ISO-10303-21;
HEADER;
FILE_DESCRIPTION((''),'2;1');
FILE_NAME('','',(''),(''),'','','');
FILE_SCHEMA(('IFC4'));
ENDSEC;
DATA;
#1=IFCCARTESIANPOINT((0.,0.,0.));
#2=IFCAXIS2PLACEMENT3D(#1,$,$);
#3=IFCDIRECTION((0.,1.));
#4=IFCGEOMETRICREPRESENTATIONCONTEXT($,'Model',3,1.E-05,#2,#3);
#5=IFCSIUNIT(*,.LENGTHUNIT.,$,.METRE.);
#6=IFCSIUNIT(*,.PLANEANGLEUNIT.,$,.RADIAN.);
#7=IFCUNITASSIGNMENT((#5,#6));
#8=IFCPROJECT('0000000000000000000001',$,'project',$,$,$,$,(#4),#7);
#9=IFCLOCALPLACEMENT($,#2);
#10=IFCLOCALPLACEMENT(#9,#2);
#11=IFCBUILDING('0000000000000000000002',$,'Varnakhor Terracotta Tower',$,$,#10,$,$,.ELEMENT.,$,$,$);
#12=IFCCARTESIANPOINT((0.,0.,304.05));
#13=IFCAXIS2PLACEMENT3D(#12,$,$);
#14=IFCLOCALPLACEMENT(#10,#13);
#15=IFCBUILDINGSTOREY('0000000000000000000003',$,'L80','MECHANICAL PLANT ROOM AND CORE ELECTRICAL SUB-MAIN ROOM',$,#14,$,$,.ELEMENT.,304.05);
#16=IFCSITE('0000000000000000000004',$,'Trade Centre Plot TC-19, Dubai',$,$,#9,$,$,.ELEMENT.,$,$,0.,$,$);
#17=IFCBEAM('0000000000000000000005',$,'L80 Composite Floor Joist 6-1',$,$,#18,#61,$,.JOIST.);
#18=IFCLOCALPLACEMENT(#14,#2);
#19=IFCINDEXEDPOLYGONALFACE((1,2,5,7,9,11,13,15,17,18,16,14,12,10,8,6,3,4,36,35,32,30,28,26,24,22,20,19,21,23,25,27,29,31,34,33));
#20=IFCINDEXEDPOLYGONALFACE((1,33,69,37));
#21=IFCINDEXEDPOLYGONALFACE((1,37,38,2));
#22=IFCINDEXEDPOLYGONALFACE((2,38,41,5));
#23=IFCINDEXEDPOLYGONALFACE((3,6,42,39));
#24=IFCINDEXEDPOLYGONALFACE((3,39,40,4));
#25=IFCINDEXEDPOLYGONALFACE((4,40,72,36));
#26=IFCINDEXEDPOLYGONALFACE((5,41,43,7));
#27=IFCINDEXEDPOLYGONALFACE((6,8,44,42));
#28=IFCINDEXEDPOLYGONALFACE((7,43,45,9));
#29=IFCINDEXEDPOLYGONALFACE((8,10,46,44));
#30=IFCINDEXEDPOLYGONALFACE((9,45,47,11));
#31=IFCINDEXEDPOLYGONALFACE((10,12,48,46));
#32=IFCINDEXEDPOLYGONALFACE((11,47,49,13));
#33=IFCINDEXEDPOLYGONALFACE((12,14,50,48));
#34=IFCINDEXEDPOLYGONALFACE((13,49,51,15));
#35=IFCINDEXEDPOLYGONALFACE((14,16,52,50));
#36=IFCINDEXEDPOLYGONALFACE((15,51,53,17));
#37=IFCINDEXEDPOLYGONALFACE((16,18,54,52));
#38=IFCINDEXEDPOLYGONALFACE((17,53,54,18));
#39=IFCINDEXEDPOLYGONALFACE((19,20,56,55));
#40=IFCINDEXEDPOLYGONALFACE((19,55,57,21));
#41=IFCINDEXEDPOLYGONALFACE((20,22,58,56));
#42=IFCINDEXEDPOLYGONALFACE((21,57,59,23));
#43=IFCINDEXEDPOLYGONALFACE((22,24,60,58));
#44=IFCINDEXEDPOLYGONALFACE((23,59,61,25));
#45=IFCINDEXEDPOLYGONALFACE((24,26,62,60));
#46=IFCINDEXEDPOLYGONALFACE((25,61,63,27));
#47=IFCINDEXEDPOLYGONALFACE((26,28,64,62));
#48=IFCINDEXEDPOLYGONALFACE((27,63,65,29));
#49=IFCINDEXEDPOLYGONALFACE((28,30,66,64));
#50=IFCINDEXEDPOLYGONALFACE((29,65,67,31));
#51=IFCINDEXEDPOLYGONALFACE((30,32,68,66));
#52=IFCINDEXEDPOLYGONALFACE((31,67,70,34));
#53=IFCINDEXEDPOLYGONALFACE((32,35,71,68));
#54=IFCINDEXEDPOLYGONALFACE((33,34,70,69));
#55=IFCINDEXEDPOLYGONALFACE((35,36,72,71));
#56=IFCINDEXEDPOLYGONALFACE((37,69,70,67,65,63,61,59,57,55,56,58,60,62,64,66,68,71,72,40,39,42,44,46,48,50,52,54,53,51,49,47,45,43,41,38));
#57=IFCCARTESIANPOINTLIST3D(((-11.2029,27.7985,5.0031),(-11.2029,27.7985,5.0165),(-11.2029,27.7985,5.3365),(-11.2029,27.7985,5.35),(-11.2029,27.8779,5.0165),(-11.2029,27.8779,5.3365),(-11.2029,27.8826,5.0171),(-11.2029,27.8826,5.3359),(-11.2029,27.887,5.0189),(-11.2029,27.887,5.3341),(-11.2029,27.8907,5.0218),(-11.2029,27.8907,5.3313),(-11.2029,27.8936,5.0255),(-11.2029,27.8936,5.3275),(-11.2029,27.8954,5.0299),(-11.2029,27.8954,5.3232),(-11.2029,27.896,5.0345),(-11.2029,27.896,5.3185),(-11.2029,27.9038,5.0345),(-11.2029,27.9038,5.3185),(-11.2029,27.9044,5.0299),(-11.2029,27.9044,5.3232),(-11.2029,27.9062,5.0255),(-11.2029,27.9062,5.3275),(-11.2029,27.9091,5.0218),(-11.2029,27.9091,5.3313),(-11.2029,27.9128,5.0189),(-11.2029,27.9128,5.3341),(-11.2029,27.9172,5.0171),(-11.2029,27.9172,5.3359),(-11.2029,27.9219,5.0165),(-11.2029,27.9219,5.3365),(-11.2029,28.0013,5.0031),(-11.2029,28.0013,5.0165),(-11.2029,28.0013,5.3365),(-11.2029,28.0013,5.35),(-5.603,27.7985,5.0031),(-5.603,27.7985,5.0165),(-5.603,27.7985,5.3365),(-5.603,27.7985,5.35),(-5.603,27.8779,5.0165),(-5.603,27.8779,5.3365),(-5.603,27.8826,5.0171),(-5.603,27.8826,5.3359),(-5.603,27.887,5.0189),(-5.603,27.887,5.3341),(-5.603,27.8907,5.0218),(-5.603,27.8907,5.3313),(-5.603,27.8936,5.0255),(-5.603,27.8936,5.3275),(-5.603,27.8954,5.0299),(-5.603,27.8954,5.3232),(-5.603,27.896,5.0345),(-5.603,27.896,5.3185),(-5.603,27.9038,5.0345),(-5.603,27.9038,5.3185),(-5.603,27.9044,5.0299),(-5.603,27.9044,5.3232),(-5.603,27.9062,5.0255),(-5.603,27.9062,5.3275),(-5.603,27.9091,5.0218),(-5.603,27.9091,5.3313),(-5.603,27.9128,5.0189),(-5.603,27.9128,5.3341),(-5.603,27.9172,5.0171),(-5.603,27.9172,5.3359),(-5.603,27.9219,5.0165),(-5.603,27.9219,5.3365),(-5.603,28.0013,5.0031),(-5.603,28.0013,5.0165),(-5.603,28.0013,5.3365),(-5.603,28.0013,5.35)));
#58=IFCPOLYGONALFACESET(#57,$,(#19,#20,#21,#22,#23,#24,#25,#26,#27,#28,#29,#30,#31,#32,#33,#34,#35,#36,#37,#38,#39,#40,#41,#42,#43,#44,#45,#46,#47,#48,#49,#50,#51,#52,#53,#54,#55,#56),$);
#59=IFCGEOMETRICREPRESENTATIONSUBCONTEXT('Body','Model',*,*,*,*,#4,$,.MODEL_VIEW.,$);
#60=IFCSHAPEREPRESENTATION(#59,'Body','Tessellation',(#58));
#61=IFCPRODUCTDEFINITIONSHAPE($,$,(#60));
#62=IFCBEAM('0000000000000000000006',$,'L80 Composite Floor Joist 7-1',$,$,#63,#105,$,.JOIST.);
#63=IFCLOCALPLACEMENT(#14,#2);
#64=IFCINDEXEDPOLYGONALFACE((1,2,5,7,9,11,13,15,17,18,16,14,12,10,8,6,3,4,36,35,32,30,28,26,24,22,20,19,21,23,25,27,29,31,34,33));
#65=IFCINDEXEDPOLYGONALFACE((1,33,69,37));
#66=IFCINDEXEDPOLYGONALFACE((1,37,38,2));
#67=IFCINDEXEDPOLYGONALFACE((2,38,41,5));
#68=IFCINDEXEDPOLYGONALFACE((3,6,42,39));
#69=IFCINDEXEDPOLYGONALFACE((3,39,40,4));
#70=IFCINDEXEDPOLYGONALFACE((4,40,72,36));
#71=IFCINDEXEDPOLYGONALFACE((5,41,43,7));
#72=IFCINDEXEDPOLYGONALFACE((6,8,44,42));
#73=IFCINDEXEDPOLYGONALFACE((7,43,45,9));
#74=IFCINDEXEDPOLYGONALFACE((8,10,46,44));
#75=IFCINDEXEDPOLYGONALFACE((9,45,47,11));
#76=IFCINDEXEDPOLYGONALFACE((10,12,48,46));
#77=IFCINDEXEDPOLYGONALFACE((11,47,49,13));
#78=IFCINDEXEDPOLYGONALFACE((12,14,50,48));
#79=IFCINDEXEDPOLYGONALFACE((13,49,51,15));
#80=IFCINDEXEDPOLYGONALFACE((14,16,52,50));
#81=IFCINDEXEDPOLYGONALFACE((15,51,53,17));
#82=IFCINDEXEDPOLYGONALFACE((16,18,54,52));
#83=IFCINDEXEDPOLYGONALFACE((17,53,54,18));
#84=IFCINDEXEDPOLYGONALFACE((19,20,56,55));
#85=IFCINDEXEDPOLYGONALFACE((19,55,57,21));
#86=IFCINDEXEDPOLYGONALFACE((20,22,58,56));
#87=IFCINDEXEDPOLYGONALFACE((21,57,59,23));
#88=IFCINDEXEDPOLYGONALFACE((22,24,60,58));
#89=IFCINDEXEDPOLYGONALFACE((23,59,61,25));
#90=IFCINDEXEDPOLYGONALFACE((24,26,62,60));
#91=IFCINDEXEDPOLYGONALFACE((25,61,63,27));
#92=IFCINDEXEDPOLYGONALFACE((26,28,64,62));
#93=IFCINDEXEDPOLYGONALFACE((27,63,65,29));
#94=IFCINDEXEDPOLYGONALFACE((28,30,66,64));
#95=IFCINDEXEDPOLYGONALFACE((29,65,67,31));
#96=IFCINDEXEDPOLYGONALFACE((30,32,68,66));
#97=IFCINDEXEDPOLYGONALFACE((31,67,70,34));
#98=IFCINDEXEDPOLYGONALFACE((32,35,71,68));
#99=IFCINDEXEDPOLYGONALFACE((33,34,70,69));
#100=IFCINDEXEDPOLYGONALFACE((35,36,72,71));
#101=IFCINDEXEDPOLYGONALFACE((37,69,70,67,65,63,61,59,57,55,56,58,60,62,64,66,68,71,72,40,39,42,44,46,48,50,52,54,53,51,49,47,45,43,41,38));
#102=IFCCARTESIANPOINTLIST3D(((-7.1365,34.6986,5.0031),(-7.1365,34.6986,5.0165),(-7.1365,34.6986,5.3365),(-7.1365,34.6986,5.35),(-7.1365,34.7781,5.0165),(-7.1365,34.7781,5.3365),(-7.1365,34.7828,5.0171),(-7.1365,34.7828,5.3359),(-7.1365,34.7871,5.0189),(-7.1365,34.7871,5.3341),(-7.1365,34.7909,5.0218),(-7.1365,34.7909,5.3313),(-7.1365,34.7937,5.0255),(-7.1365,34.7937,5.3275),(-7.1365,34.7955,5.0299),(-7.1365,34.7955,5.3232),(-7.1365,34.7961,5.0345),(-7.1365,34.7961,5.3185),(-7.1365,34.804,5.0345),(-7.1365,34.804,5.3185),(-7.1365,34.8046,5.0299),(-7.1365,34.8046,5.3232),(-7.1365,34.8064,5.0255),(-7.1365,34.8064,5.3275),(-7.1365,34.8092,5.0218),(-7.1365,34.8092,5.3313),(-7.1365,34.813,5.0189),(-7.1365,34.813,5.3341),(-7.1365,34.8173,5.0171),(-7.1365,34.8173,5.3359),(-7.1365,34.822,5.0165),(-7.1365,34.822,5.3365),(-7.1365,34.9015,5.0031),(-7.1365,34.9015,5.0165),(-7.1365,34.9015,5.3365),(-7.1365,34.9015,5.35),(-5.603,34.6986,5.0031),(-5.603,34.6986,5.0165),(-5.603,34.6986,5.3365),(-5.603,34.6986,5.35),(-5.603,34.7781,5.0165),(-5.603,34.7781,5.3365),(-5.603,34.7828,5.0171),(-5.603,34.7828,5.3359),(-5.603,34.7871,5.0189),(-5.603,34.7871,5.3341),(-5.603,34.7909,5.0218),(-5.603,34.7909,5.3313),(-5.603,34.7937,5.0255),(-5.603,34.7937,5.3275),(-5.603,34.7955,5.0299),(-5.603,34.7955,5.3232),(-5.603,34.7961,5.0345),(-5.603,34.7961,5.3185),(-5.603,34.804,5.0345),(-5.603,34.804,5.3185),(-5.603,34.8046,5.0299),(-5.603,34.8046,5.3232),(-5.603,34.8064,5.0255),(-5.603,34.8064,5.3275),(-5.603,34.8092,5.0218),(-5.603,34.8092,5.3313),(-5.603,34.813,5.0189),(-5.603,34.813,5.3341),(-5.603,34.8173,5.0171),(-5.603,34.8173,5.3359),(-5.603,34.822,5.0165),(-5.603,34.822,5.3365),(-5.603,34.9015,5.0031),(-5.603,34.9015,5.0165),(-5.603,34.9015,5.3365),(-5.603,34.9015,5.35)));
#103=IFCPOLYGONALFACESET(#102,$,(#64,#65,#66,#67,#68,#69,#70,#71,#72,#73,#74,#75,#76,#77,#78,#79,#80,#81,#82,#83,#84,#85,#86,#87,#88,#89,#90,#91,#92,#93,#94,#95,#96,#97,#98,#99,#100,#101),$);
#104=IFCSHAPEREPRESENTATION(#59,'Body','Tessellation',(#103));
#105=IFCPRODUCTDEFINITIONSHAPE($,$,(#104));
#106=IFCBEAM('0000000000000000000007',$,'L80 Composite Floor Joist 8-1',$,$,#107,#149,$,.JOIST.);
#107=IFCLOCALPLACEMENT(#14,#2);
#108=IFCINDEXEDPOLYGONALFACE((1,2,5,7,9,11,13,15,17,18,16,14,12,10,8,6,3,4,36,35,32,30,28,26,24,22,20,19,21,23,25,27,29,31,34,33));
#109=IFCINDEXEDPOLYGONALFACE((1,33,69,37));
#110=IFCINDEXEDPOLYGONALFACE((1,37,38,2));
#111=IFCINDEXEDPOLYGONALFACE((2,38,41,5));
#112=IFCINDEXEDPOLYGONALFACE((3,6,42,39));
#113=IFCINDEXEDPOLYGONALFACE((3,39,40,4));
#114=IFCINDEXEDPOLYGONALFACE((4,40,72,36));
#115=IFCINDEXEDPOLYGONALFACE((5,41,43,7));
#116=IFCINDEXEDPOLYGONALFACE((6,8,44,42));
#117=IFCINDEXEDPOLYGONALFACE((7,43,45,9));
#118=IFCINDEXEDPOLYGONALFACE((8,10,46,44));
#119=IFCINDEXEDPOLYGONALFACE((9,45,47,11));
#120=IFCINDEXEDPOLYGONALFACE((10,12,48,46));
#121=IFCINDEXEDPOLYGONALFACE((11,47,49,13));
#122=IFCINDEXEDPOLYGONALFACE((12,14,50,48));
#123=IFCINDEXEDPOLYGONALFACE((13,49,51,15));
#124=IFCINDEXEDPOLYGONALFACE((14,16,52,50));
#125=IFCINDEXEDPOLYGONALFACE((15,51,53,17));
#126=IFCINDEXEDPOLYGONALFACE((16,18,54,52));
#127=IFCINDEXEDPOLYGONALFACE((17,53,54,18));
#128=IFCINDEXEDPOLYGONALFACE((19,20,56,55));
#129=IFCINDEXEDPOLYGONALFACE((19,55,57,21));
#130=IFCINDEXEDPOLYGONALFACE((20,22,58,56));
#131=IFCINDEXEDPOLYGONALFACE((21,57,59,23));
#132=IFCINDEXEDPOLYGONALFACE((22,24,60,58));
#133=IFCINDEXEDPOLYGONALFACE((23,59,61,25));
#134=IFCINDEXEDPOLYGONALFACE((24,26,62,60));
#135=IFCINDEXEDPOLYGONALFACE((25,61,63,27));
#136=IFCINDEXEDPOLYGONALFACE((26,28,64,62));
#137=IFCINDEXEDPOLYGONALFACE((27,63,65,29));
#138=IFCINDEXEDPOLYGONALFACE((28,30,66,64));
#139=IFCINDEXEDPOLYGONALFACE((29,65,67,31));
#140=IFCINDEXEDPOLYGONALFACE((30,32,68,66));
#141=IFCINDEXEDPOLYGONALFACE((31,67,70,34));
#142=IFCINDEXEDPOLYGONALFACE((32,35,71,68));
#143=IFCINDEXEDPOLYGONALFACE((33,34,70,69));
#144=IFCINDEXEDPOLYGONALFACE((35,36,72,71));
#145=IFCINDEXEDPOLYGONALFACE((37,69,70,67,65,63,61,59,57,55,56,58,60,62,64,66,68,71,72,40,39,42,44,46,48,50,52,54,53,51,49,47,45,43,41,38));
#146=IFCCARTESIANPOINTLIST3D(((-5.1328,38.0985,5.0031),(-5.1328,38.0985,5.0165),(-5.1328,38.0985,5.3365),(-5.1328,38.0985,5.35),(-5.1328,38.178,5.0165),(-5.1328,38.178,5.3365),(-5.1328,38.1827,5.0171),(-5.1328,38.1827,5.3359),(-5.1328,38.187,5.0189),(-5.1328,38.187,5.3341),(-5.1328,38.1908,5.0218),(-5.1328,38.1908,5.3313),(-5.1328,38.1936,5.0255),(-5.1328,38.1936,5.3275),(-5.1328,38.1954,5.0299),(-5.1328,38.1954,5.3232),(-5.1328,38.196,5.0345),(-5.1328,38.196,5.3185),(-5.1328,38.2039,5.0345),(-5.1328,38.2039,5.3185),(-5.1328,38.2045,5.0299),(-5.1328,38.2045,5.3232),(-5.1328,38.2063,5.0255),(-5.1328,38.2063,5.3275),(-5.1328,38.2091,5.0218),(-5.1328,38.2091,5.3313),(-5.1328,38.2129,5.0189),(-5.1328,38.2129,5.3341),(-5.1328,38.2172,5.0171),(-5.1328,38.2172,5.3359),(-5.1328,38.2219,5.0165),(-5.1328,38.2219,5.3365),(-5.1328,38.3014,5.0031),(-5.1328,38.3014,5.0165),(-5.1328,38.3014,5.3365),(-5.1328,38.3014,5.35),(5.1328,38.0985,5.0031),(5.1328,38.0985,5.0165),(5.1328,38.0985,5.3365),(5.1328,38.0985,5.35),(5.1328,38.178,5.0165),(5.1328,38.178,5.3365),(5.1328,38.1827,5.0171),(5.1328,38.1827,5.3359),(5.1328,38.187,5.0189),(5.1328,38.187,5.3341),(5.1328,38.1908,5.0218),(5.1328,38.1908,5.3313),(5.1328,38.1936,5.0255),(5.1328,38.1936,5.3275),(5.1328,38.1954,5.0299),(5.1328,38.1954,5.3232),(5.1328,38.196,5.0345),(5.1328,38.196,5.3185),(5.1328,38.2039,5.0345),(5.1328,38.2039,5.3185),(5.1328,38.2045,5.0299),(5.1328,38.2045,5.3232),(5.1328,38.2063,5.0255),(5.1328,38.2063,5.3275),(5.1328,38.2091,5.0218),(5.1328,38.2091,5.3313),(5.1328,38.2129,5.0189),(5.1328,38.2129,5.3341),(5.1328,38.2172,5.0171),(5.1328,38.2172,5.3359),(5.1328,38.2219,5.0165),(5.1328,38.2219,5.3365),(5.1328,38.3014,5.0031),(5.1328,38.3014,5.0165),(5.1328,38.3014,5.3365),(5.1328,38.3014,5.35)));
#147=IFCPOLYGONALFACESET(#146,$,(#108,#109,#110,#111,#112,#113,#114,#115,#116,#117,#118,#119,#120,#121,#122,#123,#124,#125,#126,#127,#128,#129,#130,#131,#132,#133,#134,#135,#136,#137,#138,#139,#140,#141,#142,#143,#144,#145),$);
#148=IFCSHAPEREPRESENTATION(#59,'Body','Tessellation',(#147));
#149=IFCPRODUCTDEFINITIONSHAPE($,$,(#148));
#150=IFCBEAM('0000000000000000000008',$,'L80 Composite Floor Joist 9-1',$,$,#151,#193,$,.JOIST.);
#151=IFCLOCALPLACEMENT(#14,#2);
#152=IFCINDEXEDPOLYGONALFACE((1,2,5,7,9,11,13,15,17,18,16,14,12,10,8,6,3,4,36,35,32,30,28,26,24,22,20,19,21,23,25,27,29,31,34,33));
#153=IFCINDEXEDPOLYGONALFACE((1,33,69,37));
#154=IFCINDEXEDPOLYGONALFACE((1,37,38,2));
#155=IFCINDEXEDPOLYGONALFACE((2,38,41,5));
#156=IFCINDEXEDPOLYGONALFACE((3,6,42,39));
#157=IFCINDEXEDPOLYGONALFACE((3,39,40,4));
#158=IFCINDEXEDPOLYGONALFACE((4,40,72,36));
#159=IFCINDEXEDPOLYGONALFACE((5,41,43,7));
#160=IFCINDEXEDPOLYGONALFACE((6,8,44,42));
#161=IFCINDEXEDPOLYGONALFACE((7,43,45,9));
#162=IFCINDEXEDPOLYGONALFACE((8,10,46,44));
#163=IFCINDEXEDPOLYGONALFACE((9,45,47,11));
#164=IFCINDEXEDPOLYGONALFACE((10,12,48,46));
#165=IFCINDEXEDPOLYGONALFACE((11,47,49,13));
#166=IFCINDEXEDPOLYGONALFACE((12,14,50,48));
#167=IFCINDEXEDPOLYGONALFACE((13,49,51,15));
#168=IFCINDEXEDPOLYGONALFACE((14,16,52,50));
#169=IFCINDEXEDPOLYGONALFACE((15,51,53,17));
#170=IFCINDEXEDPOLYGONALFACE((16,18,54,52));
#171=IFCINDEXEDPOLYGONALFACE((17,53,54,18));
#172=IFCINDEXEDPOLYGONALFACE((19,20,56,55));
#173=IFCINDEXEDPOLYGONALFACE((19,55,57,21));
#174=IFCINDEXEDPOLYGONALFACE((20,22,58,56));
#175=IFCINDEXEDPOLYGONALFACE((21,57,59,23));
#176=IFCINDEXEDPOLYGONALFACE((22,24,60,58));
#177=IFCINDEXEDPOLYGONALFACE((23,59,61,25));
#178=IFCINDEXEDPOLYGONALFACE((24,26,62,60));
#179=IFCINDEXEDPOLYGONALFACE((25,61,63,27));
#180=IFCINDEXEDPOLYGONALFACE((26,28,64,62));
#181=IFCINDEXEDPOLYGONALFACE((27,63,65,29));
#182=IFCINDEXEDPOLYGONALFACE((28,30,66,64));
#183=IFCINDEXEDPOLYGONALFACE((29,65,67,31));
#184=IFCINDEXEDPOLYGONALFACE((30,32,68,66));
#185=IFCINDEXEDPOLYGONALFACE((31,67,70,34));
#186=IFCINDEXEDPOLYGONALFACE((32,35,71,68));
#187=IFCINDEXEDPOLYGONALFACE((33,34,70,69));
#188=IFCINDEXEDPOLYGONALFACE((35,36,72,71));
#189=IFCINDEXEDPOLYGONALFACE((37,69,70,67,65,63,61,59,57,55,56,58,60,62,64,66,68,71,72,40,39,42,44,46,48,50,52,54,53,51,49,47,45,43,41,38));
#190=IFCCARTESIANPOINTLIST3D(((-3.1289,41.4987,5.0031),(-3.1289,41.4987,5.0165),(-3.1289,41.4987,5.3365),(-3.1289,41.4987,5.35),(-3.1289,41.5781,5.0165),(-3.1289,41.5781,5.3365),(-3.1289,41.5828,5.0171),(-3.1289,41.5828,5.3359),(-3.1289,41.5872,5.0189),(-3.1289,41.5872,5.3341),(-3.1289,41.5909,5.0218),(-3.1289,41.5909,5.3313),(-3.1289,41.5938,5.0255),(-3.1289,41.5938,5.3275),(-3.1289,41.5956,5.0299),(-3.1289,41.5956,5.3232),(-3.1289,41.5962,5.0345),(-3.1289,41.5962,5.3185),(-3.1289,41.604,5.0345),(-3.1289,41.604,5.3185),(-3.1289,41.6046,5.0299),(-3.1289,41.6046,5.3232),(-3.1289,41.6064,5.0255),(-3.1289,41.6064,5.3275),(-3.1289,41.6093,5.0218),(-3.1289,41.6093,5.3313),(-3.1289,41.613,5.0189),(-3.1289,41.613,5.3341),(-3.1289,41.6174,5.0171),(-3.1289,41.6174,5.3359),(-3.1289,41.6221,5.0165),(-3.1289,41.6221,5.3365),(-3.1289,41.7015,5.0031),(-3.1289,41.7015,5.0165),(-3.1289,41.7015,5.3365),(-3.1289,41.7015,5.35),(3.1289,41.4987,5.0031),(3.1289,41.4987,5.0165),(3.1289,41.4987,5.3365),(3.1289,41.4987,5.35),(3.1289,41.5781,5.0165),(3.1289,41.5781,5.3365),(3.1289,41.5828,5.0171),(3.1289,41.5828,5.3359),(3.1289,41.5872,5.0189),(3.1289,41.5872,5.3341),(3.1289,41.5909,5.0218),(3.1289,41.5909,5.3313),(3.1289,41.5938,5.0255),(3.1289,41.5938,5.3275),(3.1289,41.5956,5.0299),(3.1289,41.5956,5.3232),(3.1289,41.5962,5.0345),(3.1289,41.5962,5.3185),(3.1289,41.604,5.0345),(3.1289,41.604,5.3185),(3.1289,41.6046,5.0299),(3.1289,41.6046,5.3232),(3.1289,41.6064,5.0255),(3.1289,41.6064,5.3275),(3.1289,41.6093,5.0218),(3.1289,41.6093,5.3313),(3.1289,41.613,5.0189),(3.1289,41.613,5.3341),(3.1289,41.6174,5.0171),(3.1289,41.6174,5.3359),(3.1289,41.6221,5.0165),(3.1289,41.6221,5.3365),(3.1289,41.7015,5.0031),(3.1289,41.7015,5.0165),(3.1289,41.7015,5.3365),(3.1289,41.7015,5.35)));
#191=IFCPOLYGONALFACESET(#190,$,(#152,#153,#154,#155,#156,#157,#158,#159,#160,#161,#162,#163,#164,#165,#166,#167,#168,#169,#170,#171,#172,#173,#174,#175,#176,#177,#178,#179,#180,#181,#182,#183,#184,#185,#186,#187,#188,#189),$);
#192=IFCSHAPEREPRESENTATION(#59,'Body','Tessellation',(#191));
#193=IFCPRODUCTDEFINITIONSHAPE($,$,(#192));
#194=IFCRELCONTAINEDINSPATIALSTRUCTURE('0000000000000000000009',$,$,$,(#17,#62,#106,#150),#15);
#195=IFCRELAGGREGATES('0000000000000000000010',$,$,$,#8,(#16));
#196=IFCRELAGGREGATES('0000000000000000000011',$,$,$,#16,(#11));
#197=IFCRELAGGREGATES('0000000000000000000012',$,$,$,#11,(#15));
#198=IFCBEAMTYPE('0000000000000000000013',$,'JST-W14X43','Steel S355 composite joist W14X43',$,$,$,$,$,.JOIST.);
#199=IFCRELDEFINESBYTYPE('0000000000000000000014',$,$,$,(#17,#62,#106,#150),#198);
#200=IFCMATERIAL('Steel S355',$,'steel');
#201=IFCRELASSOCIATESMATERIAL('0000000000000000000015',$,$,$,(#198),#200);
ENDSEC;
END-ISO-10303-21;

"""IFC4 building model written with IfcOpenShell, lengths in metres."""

from ifc_helpers import new_model, si_unit, direction, frame, origin, origin_2d, place, context, subcontext, project, spatial, i_section, extrude, source, transform, mapped, material, material_profile, profile_set, type_object, element, save


model = new_model("IFC4")

# Units and contexts
model_context = context("Model", 3, precision=1e-05, world=origin(), true_north=direction((0.0, 1.0)))
body_context = subcontext(model_context, "Body", "Model", "MODEL_VIEW")
ifc_project = project(units=[si_unit("LENGTHUNIT", "METRE"), si_unit("PLANEANGLEUNIT", "RADIAN")], contexts=[model_context])

# Site, building, storey
site_placement = place(None, origin())
site = spatial("IfcSite", under=ifc_project, at=site_placement, Name="Trade Centre Plot TC-19, Dubai", CompositionType="ELEMENT", RefElevation=0.0)
building_placement = place(site_placement, origin())
building = spatial("IfcBuilding", under=site, at=building_placement, Name="Varnakhor Terracotta Tower", CompositionType="ELEMENT")
storey_placement = place(building_placement, frame((0.0, 0.0, 304.05)))
storey = spatial("IfcBuildingStorey", under=building, at=storey_placement, Name="L80", Description="MECHANICAL PLANT ROOM AND CORE ELECTRICAL SUB-MAIN ROOM", CompositionType="ELEMENT", Elevation=304.05)

# Beams
ifc_material_1 = material(Name="Steel S355", Category="steel")
ifc_material_profile_1 = material_profile(ifc_material_1, i_section(OverallWidth=0.2029, OverallDepth=0.3469, WebThickness=0.0078, FlangeThickness=0.0134, FilletRadius=0.0181, at=origin_2d()), Name="W14X43")
ifc_profile_set_1 = profile_set([ifc_material_profile_1], Name="Steel S355")
beam_type_1 = type_object("IfcBeamType", Name="JST-W14X43", Description="Steel S355 composite joist W14X43", PredefinedType="JOIST", material=ifc_profile_set_1)
shared_shape_1 = source(origin(), body_context, "Body", "SweptSolid", [
    extrude(i_section(OverallWidth=0.2029, OverallDepth=0.3469, WebThickness=0.0078, FlangeThickness=0.0134, FilletRadius=0.0181, at=origin_2d()), origin(), (0.0, 0.0, 1.0), 5.5999),
])
beam_1_placement = place(storey_placement, frame((-11.2029, 27.8999, 5.1765), z_axis=(1.0, 0.0, 0.0), x_axis=(0.0, 1.0, 0.0)))
element("IfcBeam", 1, at=beam_1_placement, inside=storey, type_object=beam_type_1, Name="L80 Composite Floor Joist 6-1", PredefinedType="JOIST", context=body_context, shape_type="MappedRepresentation", body=[
    mapped(shared_shape_1, transform((0.0, 0.0, 0.0), scale=1.0)),
])
shared_shape_2 = source(origin(), body_context, "Body", "SweptSolid", [
    extrude(i_section(OverallWidth=0.2029, OverallDepth=0.3469, WebThickness=0.0078, FlangeThickness=0.0134, FilletRadius=0.0181, at=origin_2d()), origin(), (0.0, 0.0, 1.0), 1.5334),
])
beam_2_placement = place(storey_placement, frame((-7.1365, 34.8, 5.1765), z_axis=(1.0, 0.0, 0.0), x_axis=(0.0, 1.0, 0.0)))
element("IfcBeam", 2, at=beam_2_placement, inside=storey, type_object=beam_type_1, Name="L80 Composite Floor Joist 7-1", PredefinedType="JOIST", context=body_context, shape_type="MappedRepresentation", body=[
    mapped(shared_shape_2, transform((0.0, 0.0, 0.0), scale=1.0)),
])
shared_shape_3 = source(origin(), body_context, "Body", "SweptSolid", [
    extrude(i_section(OverallWidth=0.2029, OverallDepth=0.3469, WebThickness=0.0078, FlangeThickness=0.0134, FilletRadius=0.0181, at=origin_2d()), origin(), (0.0, 0.0, 1.0), 10.2656),
])
beam_3_placement = place(storey_placement, frame((-5.1328, 38.2, 5.1765), z_axis=(1.0, 0.0, 0.0), x_axis=(0.0, 1.0, 0.0)))
element("IfcBeam", 3, at=beam_3_placement, inside=storey, type_object=beam_type_1, Name="L80 Composite Floor Joist 8-1", PredefinedType="JOIST", context=body_context, shape_type="MappedRepresentation", body=[
    mapped(shared_shape_3, transform((0.0, 0.0, 0.0), scale=1.0)),
])
shared_shape_4 = source(origin(), body_context, "Body", "SweptSolid", [
    extrude(i_section(OverallWidth=0.2029, OverallDepth=0.3469, WebThickness=0.0078, FlangeThickness=0.0134, FilletRadius=0.0181, at=origin_2d()), origin(), (0.0, 0.0, 1.0), 6.2578),
])
beam_4_placement = place(storey_placement, frame((-3.1289, 41.6001, 5.1765), z_axis=(1.0, 0.0, 0.0), x_axis=(0.0, 1.0, 0.0)))
element("IfcBeam", 4, at=beam_4_placement, inside=storey, type_object=beam_type_1, Name="L80 Composite Floor Joist 9-1", PredefinedType="JOIST", context=body_context, shape_type="MappedRepresentation", body=[
    mapped(shared_shape_4, transform((0.0, 0.0, 0.0), scale=1.0)),
])

save(model, "model.ifc")
